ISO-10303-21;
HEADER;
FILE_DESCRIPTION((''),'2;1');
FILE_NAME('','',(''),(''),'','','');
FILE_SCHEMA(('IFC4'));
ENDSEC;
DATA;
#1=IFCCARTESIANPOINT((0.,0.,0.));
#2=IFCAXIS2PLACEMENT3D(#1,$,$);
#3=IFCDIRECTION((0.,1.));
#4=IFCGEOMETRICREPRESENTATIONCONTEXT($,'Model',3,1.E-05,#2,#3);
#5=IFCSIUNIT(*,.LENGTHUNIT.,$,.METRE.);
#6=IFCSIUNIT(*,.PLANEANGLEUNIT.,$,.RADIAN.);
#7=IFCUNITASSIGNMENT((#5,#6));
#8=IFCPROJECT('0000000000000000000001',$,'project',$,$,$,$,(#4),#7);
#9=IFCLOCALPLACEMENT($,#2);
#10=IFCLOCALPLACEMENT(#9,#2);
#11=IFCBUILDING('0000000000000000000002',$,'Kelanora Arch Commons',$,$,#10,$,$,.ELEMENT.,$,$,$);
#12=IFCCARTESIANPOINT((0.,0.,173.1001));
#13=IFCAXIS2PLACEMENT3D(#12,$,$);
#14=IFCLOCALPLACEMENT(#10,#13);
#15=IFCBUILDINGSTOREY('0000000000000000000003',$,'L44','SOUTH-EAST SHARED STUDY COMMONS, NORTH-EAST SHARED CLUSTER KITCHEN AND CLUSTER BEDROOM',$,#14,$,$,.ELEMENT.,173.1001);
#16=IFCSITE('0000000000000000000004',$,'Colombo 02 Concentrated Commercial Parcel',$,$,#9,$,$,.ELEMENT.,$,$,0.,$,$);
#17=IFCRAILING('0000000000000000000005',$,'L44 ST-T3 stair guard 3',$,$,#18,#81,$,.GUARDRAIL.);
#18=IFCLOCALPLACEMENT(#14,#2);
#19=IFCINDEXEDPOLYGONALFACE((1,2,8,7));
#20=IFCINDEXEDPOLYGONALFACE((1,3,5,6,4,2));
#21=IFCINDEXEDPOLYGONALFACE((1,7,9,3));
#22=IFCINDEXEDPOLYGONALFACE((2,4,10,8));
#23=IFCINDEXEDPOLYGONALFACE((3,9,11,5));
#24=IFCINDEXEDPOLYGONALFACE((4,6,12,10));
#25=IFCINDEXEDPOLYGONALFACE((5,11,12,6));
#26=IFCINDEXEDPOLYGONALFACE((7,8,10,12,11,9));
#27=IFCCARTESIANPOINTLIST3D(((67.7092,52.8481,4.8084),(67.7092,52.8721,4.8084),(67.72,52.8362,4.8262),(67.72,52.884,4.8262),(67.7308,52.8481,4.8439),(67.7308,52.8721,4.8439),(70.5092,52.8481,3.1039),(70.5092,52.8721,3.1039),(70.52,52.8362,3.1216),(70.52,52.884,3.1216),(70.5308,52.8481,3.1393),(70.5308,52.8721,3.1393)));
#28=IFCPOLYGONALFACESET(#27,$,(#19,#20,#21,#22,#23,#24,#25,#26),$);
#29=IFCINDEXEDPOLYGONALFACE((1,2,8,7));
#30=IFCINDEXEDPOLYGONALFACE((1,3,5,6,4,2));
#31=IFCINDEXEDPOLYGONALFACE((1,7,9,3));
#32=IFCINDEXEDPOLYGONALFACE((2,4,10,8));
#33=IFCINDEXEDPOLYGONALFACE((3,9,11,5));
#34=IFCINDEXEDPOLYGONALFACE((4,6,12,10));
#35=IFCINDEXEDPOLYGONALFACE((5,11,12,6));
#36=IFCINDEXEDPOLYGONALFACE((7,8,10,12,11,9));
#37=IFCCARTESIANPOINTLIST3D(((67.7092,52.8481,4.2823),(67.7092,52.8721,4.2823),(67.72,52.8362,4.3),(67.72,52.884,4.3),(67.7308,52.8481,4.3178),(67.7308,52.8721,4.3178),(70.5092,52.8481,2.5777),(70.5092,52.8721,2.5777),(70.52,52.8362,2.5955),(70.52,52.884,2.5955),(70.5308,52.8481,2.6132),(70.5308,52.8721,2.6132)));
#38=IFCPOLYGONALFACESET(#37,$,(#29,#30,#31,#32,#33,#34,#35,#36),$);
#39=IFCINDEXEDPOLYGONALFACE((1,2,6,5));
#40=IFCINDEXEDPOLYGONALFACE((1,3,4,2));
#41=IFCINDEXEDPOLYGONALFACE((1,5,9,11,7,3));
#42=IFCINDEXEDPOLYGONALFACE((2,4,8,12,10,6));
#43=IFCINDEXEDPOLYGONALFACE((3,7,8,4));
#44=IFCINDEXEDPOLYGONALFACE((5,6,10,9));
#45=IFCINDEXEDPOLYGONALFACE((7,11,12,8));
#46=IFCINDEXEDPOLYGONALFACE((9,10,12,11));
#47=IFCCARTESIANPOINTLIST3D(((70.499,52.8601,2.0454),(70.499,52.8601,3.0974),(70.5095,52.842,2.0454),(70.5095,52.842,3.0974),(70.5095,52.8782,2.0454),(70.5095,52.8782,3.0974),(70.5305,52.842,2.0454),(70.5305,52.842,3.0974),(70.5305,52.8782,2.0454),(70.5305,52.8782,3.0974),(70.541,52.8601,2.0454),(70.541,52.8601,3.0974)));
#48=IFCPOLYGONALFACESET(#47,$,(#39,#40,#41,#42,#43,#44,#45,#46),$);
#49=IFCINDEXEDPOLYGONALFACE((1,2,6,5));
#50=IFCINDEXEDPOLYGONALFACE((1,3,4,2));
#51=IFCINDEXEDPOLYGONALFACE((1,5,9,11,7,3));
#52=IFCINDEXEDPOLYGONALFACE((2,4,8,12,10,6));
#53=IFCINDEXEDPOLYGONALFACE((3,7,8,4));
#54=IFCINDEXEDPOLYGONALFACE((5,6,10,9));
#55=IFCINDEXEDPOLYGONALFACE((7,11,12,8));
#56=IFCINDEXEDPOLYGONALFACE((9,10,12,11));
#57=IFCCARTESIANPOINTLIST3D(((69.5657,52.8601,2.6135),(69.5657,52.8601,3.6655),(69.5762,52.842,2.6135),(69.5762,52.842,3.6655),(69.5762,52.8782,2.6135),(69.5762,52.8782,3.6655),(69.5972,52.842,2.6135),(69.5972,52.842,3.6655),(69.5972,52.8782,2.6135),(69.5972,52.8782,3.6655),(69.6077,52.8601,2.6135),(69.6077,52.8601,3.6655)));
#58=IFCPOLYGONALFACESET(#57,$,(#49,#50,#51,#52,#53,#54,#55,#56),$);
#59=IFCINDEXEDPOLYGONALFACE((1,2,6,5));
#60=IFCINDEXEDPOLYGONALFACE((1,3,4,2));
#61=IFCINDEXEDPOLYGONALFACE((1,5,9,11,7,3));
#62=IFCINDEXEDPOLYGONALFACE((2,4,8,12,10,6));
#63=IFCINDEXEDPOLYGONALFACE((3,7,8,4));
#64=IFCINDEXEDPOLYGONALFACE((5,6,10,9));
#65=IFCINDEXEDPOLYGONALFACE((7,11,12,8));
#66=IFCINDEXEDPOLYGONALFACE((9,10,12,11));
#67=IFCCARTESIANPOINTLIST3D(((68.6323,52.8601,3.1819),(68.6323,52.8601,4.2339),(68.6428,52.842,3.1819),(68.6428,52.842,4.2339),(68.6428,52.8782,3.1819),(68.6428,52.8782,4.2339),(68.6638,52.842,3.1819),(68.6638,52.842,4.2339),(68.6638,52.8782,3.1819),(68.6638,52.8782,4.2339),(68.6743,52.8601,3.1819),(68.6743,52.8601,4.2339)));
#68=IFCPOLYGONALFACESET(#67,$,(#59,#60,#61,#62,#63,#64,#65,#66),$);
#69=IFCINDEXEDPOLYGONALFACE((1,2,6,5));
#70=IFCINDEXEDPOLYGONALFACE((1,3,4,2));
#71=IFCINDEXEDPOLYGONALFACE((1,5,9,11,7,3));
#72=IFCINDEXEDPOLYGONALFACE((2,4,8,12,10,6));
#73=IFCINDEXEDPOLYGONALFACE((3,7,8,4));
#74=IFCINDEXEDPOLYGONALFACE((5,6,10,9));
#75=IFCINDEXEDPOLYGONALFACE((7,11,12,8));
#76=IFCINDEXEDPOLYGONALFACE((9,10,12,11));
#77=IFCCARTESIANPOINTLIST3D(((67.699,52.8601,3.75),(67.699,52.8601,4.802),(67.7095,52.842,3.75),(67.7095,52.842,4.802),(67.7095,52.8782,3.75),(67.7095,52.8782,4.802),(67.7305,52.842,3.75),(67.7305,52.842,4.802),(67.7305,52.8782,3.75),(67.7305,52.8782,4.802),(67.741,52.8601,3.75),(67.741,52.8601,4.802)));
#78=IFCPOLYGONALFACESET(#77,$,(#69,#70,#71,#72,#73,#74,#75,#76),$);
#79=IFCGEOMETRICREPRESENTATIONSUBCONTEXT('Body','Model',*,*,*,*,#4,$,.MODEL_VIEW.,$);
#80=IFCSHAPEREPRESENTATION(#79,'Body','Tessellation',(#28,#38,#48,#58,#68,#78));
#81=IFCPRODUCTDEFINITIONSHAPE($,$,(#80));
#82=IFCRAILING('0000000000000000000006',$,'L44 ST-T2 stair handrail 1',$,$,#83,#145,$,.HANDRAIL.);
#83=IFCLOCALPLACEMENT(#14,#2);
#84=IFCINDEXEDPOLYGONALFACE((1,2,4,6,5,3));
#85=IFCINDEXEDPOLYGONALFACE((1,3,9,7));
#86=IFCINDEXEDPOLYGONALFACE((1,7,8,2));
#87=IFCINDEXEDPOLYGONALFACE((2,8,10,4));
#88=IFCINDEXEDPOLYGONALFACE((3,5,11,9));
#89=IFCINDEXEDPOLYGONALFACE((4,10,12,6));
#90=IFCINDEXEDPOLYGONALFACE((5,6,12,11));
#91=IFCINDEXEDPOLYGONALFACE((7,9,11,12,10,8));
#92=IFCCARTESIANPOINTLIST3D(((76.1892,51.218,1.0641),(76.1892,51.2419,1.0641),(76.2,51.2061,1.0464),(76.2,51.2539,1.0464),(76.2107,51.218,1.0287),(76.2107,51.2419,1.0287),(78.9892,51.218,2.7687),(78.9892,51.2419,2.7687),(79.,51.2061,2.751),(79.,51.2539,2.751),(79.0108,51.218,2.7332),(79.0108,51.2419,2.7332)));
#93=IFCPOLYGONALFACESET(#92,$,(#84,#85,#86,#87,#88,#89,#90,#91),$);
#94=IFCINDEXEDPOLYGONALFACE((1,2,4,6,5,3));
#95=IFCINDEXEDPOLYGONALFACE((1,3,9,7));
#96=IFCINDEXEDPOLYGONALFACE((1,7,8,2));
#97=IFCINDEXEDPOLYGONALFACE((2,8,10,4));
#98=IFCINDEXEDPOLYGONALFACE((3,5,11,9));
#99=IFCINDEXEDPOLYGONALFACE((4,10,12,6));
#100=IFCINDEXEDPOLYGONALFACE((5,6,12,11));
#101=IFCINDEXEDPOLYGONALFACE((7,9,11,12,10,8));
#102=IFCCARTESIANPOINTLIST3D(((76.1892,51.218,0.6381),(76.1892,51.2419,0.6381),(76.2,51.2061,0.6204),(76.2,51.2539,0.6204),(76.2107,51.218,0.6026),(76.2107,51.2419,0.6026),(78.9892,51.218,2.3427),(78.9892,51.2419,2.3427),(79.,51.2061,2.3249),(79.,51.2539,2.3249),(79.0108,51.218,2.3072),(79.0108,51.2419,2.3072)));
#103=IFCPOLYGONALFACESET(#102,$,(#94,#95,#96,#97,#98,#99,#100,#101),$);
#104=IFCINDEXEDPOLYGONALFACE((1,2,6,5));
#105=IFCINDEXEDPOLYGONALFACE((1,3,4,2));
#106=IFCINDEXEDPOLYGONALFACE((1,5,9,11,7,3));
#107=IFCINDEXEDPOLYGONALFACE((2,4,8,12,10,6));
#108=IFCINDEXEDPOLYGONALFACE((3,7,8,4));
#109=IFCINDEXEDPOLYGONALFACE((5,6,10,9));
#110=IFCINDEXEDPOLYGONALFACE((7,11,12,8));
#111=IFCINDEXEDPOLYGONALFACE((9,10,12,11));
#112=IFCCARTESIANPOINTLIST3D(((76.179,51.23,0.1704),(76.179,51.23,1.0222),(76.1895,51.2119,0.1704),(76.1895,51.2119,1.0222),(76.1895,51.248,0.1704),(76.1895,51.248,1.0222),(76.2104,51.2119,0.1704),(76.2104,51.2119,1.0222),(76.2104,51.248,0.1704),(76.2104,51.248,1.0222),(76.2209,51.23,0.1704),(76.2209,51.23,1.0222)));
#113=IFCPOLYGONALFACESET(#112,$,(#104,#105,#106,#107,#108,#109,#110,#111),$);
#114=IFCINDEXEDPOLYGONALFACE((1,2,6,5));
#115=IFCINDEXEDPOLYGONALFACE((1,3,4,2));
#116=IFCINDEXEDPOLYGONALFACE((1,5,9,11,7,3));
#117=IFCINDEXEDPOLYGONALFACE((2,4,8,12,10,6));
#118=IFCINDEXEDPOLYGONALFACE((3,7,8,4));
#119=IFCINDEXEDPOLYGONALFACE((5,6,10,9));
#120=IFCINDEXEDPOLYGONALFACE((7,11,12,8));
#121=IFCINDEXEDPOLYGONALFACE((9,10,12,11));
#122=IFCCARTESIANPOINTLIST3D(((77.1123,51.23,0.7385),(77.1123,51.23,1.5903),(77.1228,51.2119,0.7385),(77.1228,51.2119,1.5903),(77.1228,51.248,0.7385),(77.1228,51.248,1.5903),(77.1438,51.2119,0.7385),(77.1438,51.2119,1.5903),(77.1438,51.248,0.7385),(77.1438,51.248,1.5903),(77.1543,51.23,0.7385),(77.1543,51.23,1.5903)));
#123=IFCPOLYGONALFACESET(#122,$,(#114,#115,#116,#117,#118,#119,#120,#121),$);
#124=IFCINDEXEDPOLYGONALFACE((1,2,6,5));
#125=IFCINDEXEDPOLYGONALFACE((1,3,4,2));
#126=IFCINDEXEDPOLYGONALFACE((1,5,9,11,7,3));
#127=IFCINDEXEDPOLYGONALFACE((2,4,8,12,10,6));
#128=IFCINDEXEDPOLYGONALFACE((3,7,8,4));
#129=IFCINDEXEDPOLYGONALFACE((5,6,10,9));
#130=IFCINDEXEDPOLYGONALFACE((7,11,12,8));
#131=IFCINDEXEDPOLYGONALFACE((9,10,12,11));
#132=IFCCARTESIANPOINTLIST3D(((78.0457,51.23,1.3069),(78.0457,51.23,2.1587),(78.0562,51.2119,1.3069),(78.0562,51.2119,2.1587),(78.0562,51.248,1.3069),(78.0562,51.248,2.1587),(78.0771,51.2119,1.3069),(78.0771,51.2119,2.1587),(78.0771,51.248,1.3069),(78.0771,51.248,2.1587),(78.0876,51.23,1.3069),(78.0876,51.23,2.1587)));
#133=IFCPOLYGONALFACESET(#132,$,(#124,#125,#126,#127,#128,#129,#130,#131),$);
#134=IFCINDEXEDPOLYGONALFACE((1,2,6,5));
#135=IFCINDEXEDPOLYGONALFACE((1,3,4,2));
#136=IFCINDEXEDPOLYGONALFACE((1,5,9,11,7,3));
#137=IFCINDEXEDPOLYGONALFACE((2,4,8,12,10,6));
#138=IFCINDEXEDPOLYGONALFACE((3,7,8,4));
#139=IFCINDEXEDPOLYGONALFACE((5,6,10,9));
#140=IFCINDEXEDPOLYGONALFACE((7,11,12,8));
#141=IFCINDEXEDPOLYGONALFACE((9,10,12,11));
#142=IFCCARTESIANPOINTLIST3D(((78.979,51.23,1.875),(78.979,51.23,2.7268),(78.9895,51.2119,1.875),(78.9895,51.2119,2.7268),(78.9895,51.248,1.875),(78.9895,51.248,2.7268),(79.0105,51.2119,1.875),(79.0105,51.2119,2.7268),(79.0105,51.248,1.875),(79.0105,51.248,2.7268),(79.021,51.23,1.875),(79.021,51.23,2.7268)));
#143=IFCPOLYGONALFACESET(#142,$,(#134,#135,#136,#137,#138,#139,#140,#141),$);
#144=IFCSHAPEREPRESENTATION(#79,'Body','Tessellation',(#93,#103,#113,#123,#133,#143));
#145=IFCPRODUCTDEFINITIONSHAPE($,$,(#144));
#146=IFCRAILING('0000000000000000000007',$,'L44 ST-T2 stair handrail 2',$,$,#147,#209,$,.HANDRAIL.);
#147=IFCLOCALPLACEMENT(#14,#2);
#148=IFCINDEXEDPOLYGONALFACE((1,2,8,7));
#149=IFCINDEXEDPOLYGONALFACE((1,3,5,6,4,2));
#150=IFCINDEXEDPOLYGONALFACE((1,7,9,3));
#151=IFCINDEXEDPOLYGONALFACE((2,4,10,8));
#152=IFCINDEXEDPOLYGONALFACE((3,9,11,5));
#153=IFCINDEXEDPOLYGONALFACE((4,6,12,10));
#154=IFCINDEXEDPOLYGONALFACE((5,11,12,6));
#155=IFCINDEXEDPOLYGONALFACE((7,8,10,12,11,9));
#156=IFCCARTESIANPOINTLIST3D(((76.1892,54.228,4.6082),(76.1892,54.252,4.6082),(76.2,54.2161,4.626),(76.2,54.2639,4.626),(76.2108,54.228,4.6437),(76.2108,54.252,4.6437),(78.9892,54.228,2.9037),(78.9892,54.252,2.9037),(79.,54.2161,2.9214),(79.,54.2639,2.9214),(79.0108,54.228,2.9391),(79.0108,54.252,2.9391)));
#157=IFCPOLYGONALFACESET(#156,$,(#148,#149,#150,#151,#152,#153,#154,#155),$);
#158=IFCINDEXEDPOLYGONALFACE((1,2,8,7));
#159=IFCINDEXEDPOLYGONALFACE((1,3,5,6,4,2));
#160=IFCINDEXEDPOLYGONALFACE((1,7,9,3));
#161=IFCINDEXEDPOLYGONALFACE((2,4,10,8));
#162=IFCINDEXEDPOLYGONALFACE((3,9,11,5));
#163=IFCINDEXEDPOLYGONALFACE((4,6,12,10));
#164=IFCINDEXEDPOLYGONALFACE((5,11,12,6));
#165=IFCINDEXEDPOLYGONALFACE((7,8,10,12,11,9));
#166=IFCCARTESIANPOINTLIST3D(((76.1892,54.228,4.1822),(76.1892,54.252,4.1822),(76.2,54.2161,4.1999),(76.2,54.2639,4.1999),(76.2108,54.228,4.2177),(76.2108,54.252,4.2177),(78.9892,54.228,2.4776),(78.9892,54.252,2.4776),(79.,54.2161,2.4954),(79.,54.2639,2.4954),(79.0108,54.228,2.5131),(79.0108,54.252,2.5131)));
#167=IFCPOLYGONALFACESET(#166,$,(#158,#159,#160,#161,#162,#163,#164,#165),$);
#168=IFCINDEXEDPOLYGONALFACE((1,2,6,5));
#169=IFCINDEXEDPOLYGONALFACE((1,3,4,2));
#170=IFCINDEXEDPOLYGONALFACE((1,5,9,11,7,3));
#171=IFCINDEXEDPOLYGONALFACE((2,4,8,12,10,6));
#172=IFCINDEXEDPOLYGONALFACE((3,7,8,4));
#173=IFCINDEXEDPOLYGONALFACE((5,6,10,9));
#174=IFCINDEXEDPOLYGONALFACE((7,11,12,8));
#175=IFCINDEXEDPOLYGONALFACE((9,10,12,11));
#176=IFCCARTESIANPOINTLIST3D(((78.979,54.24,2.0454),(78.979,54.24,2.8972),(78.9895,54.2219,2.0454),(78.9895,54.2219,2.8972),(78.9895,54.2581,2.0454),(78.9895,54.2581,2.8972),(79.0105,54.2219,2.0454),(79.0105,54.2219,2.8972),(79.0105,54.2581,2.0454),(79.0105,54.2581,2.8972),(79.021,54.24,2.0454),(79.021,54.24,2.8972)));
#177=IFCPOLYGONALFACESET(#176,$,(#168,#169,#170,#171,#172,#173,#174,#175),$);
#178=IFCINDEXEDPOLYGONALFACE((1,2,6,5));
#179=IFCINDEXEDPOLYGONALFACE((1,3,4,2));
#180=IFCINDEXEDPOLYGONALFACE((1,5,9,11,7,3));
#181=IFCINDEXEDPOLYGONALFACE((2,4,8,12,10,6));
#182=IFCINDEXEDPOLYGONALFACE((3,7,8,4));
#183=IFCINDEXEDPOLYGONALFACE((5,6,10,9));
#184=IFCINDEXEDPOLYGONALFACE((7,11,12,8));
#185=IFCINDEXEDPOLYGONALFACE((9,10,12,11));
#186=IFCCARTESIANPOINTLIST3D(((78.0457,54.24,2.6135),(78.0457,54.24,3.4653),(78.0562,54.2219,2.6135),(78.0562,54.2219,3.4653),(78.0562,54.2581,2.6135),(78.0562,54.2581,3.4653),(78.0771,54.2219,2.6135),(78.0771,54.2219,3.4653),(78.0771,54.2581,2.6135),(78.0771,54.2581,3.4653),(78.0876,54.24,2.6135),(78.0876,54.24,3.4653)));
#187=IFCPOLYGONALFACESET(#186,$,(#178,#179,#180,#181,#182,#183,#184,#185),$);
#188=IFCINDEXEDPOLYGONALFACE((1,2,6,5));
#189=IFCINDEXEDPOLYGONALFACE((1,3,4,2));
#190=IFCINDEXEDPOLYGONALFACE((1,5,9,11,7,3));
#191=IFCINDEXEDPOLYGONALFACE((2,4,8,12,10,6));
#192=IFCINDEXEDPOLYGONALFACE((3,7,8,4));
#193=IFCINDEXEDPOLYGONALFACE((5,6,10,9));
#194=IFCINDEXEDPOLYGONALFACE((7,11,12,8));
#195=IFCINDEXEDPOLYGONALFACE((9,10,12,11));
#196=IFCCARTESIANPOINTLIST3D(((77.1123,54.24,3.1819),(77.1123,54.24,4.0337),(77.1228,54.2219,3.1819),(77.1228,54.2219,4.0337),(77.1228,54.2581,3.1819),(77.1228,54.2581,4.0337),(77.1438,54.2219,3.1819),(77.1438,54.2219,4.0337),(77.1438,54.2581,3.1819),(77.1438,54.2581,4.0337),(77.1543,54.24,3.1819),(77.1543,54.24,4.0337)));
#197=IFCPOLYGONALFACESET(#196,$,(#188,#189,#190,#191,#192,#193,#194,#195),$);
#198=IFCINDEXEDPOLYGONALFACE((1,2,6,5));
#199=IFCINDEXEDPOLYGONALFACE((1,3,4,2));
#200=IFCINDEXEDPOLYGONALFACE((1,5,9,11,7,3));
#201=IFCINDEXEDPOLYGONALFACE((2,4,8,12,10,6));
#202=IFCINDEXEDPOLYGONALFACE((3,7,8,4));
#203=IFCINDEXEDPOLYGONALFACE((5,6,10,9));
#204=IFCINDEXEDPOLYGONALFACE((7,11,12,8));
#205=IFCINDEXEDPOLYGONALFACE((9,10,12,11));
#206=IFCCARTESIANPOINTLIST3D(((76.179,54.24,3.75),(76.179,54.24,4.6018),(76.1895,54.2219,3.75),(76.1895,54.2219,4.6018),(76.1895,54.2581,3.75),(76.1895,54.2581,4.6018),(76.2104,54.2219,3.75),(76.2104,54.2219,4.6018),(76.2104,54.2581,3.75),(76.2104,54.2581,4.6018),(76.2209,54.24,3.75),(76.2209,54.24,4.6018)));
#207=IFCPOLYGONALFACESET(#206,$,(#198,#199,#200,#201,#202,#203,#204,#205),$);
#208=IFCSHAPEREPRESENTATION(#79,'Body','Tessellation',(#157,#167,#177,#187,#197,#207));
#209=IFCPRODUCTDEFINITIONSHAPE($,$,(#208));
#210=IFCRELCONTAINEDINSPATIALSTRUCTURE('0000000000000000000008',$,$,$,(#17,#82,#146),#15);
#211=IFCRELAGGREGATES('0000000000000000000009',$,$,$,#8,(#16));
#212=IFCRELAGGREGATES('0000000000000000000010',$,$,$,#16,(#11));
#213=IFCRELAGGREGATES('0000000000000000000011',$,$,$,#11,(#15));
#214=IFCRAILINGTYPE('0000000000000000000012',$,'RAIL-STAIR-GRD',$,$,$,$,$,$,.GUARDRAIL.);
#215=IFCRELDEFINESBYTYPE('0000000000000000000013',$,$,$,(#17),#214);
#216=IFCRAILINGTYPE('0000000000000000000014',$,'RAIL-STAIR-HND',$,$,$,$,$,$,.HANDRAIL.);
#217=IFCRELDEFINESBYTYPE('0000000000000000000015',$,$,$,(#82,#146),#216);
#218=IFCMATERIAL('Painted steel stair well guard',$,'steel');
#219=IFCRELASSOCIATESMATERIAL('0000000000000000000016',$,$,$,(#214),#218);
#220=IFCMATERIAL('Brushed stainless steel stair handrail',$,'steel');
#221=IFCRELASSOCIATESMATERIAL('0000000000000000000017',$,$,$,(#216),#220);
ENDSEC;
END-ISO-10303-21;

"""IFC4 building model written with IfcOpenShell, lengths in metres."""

from ifc_helpers import new_model, si_unit, direction, frame, origin, place, context, subcontext, project, spatial, polyline, outline, extrude, material, type_object, element, save


model = new_model("IFC4")

# Units and contexts
model_context = context("Model", 3, precision=1e-05, world=origin(), true_north=direction((0.0, 1.0)))
body_context = subcontext(model_context, "Body", "Model", "MODEL_VIEW")
ifc_project = project(units=[si_unit("LENGTHUNIT", "METRE"), si_unit("PLANEANGLEUNIT", "RADIAN")], contexts=[model_context])

# Site, building, storey
site_placement = place(None, origin())
site = spatial("IfcSite", under=ifc_project, at=site_placement, Name="Colombo 02 Concentrated Commercial Parcel", CompositionType="ELEMENT", RefElevation=0.0)
building_placement = place(site_placement, origin())
building = spatial("IfcBuilding", under=site, at=building_placement, Name="Kelanora Arch Commons", CompositionType="ELEMENT")
storey_placement = place(building_placement, frame((0.0, 0.0, 173.1001)))
storey = spatial("IfcBuildingStorey", under=building, at=storey_placement, Name="L44", Description="SOUTH-EAST SHARED STUDY COMMONS, NORTH-EAST SHARED CLUSTER KITCHEN AND CLUSTER BEDROOM", CompositionType="ELEMENT", Elevation=173.1001)

# Railings
ifc_material_1 = material(Name="Painted steel stair well guard", Category="steel")
railing_type_1 = type_object("IfcRailingType", Name="RAIL-STAIR-GRD", PredefinedType="GUARDRAIL", material=ifc_material_1)
railing_1_placement = place(storey_placement, frame((70.52, 52.8601, 2.0454)))
element("IfcRailing", 1, at=railing_1_placement, inside=storey, type_object=railing_type_1, Name="L44 ST-T3 stair guard 3", PredefinedType="GUARDRAIL", context=body_context, shape_type="SweptSolid", body=[
    extrude(outline(polyline([(0.0239, 0.0), (0.012, 0.0208), (-0.012, 0.0208), (-0.0239, 0.0), (-0.012, -0.0208), (0.012, -0.0208), (0.0239, 0.0)])), frame((0.0, 0.0, 1.0762), z_axis=(-0.85417, 0.0, 0.519994), x_axis=(0.0, -1.0, 0.0)), (0.0, 0.0, 1.0), 3.2781),
    extrude(outline(polyline([(0.0239, 0.0), (0.012, 0.0208), (-0.012, 0.0208), (-0.0239, 0.0), (-0.012, -0.0208), (0.012, -0.0208), (0.0239, 0.0)])), frame((0.0, 0.0, 0.55), z_axis=(-0.85417, 0.0, 0.519994), x_axis=(0.0, -1.0, 0.0)), (0.0, 0.0, 1.0), 3.2781),
    extrude(outline(polyline([(0.021, 0.0), (0.0105, 0.0181), (-0.0105, 0.0181), (-0.021, 0.0), (-0.0105, -0.0181), (0.0105, -0.0181), (0.021, 0.0)])), origin(), (0.0, 0.0, 1.0), 1.052),
    extrude(outline(polyline([(0.021, 0.0), (0.0105, 0.0181), (-0.0105, 0.0181), (-0.021, 0.0), (-0.0105, -0.0181), (0.0105, -0.0181), (0.021, 0.0)])), frame((-0.9333, 0.0, 0.5681)), (0.0, 0.0, 1.0), 1.052),
    extrude(outline(polyline([(0.021, 0.0), (0.0105, 0.0181), (-0.0105, 0.0181), (-0.021, 0.0), (-0.0105, -0.0181), (0.0105, -0.0181), (0.021, 0.0)])), frame((-1.8667, 0.0, 1.1365)), (0.0, 0.0, 1.0), 1.052),
    extrude(outline(polyline([(0.021, 0.0), (0.0105, 0.0181), (-0.0105, 0.0181), (-0.021, 0.0), (-0.0105, -0.0181), (0.0105, -0.0181), (0.021, 0.0)])), frame((-2.8, 0.0, 1.7046)), (0.0, 0.0, 1.0), 1.052),
])
ifc_material_2 = material(Name="Brushed stainless steel stair handrail", Category="steel")
railing_type_2 = type_object("IfcRailingType", Name="RAIL-STAIR-HND", PredefinedType="HANDRAIL", material=ifc_material_2)
railing_2_placement = place(storey_placement, frame((76.2, 51.23, 0.1704)))
element("IfcRailing", 2, at=railing_2_placement, inside=storey, type_object=railing_type_2, Name="L44 ST-T2 stair handrail 1", PredefinedType="HANDRAIL", context=body_context, shape_type="SweptSolid", body=[
    extrude(outline(polyline([(0.0239, 0.0), (0.012, 0.0208), (-0.012, 0.0208), (-0.0239, 0.0), (-0.012, -0.0208), (0.012, -0.0208), (0.0239, 0.0)])), frame((0.0, 0.0, 0.876), z_axis=(0.85417, 0.0, 0.519994), x_axis=(0.0, 1.0, 0.0)), (0.0, 0.0, 1.0), 3.2781),
    extrude(outline(polyline([(0.0239, 0.0), (0.012, 0.0208), (-0.012, 0.0208), (-0.0239, 0.0), (-0.012, -0.0208), (0.012, -0.0208), (0.0239, 0.0)])), frame((0.0, 0.0, 0.45), z_axis=(0.85417, 0.0, 0.519994), x_axis=(0.0, 1.0, 0.0)), (0.0, 0.0, 1.0), 3.2781),
    extrude(outline(polyline([(0.021, 0.0), (0.0105, 0.0181), (-0.0105, 0.0181), (-0.021, 0.0), (-0.0105, -0.0181), (0.0105, -0.0181), (0.021, 0.0)])), origin(), (0.0, 0.0, 1.0), 0.8518),
    extrude(outline(polyline([(0.021, 0.0), (0.0105, 0.0181), (-0.0105, 0.0181), (-0.021, 0.0), (-0.0105, -0.0181), (0.0105, -0.0181), (0.021, 0.0)])), frame((0.9333, 0.0, 0.5681)), (0.0, 0.0, 1.0), 0.8518),
    extrude(outline(polyline([(0.021, 0.0), (0.0105, 0.0181), (-0.0105, 0.0181), (-0.021, 0.0), (-0.0105, -0.0181), (0.0105, -0.0181), (0.021, 0.0)])), frame((1.8667, 0.0, 1.1365)), (0.0, 0.0, 1.0), 0.8518),
    extrude(outline(polyline([(0.021, 0.0), (0.0105, 0.0181), (-0.0105, 0.0181), (-0.021, 0.0), (-0.0105, -0.0181), (0.0105, -0.0181), (0.021, 0.0)])), frame((2.8, 0.0, 1.7046)), (0.0, 0.0, 1.0), 0.8518),
])
railing_3_placement = place(storey_placement, frame((79.0, 54.24, 2.0454)))
element("IfcRailing", 3, at=railing_3_placement, inside=storey, type_object=railing_type_2, Name="L44 ST-T2 stair handrail 2", PredefinedType="HANDRAIL", context=body_context, shape_type="SweptSolid", body=[
    extrude(outline(polyline([(0.0239, 0.0), (0.012, 0.0208), (-0.012, 0.0208), (-0.0239, 0.0), (-0.012, -0.0208), (0.012, -0.0208), (0.0239, 0.0)])), frame((0.0, 0.0, 0.876), z_axis=(-0.85417, 0.0, 0.519994), x_axis=(0.0, -1.0, 0.0)), (0.0, 0.0, 1.0), 3.2781),
    extrude(outline(polyline([(0.0239, 0.0), (0.012, 0.0208), (-0.012, 0.0208), (-0.0239, 0.0), (-0.012, -0.0208), (0.012, -0.0208), (0.0239, 0.0)])), frame((0.0, 0.0, 0.45), z_axis=(-0.85417, 0.0, 0.519994), x_axis=(0.0, -1.0, 0.0)), (0.0, 0.0, 1.0), 3.2781),
    extrude(outline(polyline([(0.021, 0.0), (0.0105, 0.0181), (-0.0105, 0.0181), (-0.021, 0.0), (-0.0105, -0.0181), (0.0105, -0.0181), (0.021, 0.0)])), origin(), (0.0, 0.0, 1.0), 0.8518),
    extrude(outline(polyline([(0.021, 0.0), (0.0105, 0.0181), (-0.0105, 0.0181), (-0.021, 0.0), (-0.0105, -0.0181), (0.0105, -0.0181), (0.021, 0.0)])), frame((-0.9333, 0.0, 0.5681)), (0.0, 0.0, 1.0), 0.8518),
    extrude(outline(polyline([(0.021, 0.0), (0.0105, 0.0181), (-0.0105, 0.0181), (-0.021, 0.0), (-0.0105, -0.0181), (0.0105, -0.0181), (0.021, 0.0)])), frame((-1.8667, 0.0, 1.1365)), (0.0, 0.0, 1.0), 0.8518),
    extrude(outline(polyline([(0.021, 0.0), (0.0105, 0.0181), (-0.0105, 0.0181), (-0.021, 0.0), (-0.0105, -0.0181), (0.0105, -0.0181), (0.021, 0.0)])), frame((-2.8, 0.0, 1.7046)), (0.0, 0.0, 1.0), 0.8518),
])

save(model, "model.ifc")
